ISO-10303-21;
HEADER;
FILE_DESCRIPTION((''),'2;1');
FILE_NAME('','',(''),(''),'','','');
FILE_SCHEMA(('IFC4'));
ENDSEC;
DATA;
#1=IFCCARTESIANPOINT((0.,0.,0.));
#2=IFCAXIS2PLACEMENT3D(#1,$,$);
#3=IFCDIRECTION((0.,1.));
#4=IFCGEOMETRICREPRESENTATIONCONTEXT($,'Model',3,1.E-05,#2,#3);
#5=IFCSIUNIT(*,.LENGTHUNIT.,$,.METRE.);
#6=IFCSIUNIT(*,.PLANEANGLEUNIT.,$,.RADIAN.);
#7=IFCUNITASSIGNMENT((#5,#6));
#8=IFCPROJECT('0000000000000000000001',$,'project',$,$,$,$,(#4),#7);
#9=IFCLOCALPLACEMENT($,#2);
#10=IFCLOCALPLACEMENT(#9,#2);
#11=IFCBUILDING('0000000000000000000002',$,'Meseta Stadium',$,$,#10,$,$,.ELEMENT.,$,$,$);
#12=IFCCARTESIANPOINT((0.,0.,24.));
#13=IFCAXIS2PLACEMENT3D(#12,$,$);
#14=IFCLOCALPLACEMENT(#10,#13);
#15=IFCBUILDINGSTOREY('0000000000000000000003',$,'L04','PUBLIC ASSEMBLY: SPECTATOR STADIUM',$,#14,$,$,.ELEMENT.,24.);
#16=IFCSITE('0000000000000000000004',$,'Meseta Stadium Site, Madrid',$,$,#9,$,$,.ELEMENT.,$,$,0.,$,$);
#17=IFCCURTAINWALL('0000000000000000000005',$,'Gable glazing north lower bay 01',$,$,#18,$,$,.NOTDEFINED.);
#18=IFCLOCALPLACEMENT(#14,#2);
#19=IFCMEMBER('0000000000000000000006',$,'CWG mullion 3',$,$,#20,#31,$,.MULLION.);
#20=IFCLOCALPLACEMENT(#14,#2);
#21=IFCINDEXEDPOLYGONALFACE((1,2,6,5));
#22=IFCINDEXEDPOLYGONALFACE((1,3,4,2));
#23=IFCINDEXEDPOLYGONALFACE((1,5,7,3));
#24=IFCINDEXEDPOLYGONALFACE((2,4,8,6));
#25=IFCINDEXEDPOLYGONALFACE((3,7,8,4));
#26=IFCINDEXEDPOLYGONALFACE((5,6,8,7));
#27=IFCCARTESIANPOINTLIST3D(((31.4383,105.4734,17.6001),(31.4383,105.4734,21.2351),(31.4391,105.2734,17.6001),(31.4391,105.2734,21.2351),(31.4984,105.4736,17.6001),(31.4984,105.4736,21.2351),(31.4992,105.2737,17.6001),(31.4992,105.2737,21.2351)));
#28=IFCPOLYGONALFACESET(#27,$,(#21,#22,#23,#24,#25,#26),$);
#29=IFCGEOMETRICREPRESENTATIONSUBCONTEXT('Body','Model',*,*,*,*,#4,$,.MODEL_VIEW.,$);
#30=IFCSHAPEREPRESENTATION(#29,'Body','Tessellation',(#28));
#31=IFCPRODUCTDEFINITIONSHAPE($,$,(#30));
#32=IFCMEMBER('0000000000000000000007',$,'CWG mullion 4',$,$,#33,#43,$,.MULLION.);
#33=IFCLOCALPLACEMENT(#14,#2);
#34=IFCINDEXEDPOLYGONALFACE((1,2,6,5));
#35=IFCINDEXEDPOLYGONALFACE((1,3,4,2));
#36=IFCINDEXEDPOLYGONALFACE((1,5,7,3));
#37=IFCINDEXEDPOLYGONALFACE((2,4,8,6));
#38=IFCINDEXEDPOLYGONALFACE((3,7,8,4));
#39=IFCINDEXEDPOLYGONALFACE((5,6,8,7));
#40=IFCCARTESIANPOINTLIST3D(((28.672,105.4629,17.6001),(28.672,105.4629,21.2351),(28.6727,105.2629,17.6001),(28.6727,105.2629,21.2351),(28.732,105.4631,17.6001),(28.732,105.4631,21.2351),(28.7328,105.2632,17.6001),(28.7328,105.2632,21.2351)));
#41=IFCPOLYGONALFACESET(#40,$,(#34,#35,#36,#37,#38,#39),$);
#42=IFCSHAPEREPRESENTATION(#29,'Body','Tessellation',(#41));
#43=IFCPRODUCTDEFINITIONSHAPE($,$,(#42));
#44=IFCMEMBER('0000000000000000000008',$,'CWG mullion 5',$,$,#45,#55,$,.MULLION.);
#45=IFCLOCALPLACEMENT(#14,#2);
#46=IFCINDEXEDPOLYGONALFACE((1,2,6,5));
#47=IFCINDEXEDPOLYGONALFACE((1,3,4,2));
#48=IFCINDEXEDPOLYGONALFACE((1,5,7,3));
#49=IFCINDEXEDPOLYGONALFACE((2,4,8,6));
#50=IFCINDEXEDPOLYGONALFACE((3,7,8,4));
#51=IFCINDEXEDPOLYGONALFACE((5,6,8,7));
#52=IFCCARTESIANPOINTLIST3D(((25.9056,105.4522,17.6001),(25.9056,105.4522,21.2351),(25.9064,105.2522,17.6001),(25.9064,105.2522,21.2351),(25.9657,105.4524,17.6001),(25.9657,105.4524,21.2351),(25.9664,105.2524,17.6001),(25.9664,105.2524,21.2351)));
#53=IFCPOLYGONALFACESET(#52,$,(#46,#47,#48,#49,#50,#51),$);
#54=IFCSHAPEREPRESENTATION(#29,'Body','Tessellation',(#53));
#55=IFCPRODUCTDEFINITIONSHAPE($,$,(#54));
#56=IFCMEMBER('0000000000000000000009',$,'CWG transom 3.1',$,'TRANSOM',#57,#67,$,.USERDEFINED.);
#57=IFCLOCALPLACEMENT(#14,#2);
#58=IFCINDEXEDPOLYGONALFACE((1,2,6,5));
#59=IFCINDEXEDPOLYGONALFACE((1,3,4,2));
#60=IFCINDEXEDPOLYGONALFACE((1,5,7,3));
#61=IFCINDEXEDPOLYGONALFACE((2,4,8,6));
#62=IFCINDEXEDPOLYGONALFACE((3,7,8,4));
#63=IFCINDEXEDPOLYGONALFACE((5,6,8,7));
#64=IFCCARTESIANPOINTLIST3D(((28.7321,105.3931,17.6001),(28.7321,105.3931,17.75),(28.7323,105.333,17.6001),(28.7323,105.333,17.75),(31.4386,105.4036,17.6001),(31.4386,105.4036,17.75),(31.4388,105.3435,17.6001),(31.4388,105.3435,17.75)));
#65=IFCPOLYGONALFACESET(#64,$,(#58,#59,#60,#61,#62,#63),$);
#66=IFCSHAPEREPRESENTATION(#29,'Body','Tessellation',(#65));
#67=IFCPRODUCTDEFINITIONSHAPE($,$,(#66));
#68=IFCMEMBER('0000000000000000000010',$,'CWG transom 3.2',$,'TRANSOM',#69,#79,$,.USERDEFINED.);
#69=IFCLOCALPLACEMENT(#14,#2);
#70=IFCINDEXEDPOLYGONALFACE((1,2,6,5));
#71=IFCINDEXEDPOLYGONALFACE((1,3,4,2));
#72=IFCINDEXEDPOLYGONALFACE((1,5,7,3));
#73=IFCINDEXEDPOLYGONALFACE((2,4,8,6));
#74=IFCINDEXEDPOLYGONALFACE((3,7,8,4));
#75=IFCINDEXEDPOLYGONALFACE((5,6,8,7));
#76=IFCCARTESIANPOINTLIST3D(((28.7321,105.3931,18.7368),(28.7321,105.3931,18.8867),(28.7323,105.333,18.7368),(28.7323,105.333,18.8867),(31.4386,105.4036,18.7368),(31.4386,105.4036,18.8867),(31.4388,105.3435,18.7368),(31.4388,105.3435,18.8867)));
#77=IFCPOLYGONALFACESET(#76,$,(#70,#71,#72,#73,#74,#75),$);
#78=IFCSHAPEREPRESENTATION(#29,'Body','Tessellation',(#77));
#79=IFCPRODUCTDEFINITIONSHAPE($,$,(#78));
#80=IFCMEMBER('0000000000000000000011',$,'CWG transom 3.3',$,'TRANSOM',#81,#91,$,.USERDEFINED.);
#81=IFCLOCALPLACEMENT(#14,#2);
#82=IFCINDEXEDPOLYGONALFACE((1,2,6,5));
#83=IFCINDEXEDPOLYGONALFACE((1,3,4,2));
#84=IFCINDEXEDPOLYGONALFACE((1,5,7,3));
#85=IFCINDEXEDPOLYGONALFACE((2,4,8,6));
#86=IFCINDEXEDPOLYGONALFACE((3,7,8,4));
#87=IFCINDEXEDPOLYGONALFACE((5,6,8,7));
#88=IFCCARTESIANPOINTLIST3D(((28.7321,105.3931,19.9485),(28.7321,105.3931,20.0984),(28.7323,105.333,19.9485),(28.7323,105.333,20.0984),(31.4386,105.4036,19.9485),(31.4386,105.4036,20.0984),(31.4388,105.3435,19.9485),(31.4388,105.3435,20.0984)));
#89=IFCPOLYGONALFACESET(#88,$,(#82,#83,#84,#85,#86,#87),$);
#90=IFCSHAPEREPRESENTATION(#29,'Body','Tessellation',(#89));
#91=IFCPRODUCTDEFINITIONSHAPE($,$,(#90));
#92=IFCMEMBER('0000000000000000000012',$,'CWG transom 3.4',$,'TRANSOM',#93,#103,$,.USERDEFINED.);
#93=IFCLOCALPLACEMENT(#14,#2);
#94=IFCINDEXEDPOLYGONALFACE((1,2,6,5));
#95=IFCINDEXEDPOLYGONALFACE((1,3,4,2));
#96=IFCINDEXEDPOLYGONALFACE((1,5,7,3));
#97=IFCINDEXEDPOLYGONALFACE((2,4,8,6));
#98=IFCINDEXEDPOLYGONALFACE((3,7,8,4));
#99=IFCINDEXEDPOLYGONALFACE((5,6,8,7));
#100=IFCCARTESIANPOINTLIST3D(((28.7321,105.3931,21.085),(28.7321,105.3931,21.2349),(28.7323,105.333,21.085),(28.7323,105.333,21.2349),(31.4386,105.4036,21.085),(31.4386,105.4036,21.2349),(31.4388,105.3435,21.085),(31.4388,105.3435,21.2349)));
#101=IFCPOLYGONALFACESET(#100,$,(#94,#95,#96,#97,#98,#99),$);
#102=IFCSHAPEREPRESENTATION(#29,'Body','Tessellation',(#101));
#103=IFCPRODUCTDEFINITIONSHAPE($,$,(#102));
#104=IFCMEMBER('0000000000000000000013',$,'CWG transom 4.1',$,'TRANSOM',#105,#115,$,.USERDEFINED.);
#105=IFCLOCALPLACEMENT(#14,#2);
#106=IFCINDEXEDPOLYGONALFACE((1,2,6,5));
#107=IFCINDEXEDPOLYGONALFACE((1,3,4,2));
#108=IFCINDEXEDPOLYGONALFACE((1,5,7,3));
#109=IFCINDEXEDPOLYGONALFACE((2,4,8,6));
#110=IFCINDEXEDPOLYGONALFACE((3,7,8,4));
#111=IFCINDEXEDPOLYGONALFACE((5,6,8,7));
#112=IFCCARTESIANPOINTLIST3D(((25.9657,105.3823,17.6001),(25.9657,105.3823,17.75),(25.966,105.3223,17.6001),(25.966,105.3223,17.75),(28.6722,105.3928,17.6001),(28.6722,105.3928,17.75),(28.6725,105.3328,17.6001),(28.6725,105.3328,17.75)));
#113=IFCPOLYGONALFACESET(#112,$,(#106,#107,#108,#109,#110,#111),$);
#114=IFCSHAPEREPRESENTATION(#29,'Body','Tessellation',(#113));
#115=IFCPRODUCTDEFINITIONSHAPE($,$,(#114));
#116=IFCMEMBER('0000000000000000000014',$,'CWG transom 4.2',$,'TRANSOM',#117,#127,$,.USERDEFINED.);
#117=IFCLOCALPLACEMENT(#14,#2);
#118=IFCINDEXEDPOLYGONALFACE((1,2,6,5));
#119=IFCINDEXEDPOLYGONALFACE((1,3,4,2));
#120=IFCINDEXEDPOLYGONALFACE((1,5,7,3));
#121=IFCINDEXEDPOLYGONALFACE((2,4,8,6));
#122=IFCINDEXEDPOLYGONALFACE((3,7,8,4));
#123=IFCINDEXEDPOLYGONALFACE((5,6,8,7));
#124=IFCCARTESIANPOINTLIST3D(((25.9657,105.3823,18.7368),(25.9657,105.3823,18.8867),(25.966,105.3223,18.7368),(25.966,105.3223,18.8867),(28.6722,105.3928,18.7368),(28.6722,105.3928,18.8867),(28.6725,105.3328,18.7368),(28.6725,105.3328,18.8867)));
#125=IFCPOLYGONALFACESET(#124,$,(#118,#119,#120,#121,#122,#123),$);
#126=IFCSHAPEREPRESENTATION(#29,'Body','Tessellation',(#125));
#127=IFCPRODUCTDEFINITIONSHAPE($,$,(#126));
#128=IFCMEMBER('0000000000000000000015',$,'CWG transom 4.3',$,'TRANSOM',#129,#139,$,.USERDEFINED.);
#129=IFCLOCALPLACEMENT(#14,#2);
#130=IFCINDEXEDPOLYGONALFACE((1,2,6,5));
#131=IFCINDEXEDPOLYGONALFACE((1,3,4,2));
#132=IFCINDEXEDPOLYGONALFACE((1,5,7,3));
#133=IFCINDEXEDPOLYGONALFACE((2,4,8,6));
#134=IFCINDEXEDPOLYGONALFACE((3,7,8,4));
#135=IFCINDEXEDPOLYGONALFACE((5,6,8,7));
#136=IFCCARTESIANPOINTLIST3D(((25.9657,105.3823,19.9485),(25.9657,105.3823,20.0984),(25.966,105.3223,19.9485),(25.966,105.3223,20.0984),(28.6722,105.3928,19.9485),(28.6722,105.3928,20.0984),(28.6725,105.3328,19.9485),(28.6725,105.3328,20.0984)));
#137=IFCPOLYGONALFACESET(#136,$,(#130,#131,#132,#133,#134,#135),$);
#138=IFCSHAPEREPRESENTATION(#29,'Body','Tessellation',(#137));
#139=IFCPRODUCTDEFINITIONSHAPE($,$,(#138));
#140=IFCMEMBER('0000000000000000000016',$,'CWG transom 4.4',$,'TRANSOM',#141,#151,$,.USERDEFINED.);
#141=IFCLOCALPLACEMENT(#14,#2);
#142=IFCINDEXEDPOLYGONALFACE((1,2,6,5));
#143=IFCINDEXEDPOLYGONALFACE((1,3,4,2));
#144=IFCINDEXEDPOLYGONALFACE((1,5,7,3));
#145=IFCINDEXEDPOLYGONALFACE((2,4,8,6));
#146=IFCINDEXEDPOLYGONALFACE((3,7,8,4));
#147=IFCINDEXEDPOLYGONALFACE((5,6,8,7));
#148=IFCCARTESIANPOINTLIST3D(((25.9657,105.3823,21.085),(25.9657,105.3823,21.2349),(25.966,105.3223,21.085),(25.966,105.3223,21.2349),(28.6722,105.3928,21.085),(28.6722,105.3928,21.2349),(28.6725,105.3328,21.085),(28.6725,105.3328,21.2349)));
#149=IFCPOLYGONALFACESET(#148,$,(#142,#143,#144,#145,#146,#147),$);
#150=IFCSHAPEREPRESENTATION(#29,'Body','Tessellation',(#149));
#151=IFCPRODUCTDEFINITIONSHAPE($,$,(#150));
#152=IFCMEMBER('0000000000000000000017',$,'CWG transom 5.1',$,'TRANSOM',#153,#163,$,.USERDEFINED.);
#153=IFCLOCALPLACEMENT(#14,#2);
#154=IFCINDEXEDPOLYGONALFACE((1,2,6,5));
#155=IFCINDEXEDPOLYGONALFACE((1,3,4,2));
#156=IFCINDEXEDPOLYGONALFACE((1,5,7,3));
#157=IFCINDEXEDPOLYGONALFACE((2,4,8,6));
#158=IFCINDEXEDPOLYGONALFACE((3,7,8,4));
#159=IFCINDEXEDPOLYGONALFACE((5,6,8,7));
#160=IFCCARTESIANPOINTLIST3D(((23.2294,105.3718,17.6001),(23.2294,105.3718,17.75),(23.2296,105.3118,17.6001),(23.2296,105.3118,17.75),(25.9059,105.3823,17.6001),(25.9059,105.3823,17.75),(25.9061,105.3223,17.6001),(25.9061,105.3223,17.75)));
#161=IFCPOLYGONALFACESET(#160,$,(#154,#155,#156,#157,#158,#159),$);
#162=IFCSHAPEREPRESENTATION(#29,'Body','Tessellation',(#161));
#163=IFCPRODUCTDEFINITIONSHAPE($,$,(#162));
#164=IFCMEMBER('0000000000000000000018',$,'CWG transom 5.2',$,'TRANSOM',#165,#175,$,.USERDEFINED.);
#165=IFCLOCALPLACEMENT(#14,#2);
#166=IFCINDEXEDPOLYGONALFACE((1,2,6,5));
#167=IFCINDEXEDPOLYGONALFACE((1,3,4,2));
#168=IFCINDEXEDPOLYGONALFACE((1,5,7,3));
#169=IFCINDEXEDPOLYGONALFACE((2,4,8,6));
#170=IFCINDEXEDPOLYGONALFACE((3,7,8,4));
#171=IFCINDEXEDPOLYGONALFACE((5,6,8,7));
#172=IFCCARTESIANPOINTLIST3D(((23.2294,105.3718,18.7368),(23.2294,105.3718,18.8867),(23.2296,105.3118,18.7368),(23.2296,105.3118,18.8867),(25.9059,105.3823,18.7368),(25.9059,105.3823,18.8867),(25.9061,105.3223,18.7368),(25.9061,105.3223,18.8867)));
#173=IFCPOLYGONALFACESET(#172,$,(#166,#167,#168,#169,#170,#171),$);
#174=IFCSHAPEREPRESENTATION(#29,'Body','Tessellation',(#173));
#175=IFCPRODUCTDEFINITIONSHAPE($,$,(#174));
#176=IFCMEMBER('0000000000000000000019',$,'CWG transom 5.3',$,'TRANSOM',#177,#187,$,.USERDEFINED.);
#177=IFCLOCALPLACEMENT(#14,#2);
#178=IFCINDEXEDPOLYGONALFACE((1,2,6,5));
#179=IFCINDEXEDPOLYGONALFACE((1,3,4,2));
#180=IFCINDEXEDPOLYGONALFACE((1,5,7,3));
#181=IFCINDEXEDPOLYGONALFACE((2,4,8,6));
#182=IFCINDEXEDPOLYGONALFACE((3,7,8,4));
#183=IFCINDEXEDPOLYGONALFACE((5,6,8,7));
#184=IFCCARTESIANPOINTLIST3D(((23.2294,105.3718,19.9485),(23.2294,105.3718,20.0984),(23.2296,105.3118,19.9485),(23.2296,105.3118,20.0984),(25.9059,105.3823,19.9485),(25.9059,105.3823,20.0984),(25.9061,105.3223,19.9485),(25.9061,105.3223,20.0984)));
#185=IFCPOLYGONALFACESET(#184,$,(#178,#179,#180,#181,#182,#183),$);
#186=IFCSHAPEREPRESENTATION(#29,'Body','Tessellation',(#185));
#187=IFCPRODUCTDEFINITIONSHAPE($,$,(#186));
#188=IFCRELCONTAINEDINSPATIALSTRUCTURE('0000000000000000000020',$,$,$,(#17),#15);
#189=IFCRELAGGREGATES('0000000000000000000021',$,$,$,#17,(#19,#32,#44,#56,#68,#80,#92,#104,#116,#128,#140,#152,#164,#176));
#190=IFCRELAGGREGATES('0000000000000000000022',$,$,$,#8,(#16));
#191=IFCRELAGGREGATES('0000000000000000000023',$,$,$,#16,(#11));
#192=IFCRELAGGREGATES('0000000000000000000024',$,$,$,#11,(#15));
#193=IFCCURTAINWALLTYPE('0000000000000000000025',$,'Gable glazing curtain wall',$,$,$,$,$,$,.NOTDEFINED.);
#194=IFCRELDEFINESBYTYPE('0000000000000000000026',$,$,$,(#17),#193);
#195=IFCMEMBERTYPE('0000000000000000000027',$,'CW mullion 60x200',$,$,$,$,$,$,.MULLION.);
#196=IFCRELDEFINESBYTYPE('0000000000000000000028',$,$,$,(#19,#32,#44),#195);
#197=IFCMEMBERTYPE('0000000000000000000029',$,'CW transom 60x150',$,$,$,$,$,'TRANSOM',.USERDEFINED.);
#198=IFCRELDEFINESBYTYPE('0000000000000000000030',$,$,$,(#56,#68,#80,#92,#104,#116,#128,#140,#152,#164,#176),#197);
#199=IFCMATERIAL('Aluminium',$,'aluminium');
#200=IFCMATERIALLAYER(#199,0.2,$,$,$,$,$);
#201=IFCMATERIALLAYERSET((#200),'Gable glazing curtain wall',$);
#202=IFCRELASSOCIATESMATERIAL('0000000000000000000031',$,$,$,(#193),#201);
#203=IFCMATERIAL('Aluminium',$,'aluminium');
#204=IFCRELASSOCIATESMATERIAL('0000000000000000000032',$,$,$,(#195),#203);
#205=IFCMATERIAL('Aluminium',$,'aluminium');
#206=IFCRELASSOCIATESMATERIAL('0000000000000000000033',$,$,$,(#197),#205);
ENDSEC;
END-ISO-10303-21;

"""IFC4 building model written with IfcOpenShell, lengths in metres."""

from ifc_helpers import new_model, si_unit, direction, frame, origin, origin_2d, place, context, subcontext, project, spatial, rectangle, extrude, material, layer, layer_set, material_profile, profile_set, type_object, element, aggregate, save


model = new_model("IFC4")

# Units and contexts
model_context = context("Model", 3, precision=1e-05, world=origin(), true_north=direction((0.0, 1.0)))
body_context = subcontext(model_context, "Body", "Model", "MODEL_VIEW")
ifc_project = project(units=[si_unit("LENGTHUNIT", "METRE"), si_unit("PLANEANGLEUNIT", "RADIAN")], contexts=[model_context])

# Site, building, storey
site_placement = place(None, origin())
site = spatial("IfcSite", under=ifc_project, at=site_placement, Name="Meseta Stadium Site, Madrid", CompositionType="ELEMENT", RefElevation=0.0)
building_placement = place(site_placement, origin())
building = spatial("IfcBuilding", under=site, at=building_placement, Name="Meseta Stadium", CompositionType="ELEMENT")
storey_placement = place(building_placement, frame((0.0, 0.0, 24.0)))
storey = spatial("IfcBuildingStorey", under=building, at=storey_placement, Name="L04", Description="PUBLIC ASSEMBLY: SPECTATOR STADIUM", CompositionType="ELEMENT", Elevation=24.0)

# Curtain wall, members
ifc_material_1 = material(Name="Aluminium", Category="aluminium")
ifc_layer_1 = layer(ifc_material_1, 0.2)
ifc_layer_set_1 = layer_set([ifc_layer_1], Name="Gable glazing curtain wall")
curtain_wall_type = type_object("IfcCurtainWallType", Name="Gable glazing curtain wall", PredefinedType="NOTDEFINED", material=ifc_layer_set_1)
curtain_wall_placement = place(storey_placement, origin())
curtain_wall = element("IfcCurtainWall", 1, at=curtain_wall_placement, inside=storey, type_object=curtain_wall_type, Name="Gable glazing north lower bay 01", PredefinedType="NOTDEFINED")
ifc_material_2 = material(Name="Aluminium", Category="aluminium")
ifc_material_profile_1 = material_profile(ifc_material_2, rectangle(XDim=0.2, YDim=0.0601, at=origin_2d()), Name="CW 200x60")
ifc_profile_set_1 = profile_set([ifc_material_profile_1], Name="Aluminium")
member_type_1 = type_object("IfcMemberType", Name="CW mullion 60x200", PredefinedType="MULLION", material=ifc_profile_set_1)
member_1_placement = place(storey_placement, frame((31.4688, 105.3735, 17.6001), z_axis=(0.0, 0.0, 1.0), x_axis=(0.003848, -0.999993, 0.0)))
member_1 = element("IfcMember", 2, at=member_1_placement, type_object=member_type_1, Name="CWG mullion 3", PredefinedType="MULLION", context=body_context, shape_type="SweptSolid", body=[
    extrude(rectangle(XDim=0.2, YDim=0.0601, at=origin_2d()), origin(), (0.0, 0.0, 1.0), 3.635),
])
member_2_placement = place(storey_placement, frame((28.7024, 105.363, 17.6001), z_axis=(0.0, 0.0, 1.0), x_axis=(0.003848, -0.999993, 0.0)))
member_2 = element("IfcMember", 3, at=member_2_placement, type_object=member_type_1, Name="CWG mullion 4", PredefinedType="MULLION", context=body_context, shape_type="SweptSolid", body=[
    extrude(rectangle(XDim=0.2, YDim=0.0601, at=origin_2d()), origin(), (0.0, 0.0, 1.0), 3.635),
])
member_3_placement = place(storey_placement, frame((25.936, 105.3523, 17.6001), z_axis=(0.0, 0.0, 1.0), x_axis=(0.003848, -0.999993, 0.0)))
member_3 = element("IfcMember", 4, at=member_3_placement, type_object=member_type_1, Name="CWG mullion 5", PredefinedType="MULLION", context=body_context, shape_type="SweptSolid", body=[
    extrude(rectangle(XDim=0.2, YDim=0.0601, at=origin_2d()), origin(), (0.0, 0.0, 1.0), 3.635),
])
ifc_material_3 = material(Name="Aluminium", Category="aluminium")
ifc_material_profile_2 = material_profile(ifc_material_3, rectangle(XDim=0.0601, YDim=0.1499, at=origin_2d()), Name="CW 60x150")
ifc_profile_set_2 = profile_set([ifc_material_profile_2], Name="Aluminium")
member_type_2 = type_object("IfcMemberType", Name="CW transom 60x150", ElementType="TRANSOM", PredefinedType="USERDEFINED", material=ifc_profile_set_2)
member_4_placement = place(storey_placement, frame((31.4387, 105.3735, 17.675), z_axis=(-0.999992, -0.003879, 0.0), x_axis=(0.003879, -0.999992, 0.0)))
member_4 = element("IfcMember", 5, at=member_4_placement, type_object=member_type_2, Name="CWG transom 3.1", ObjectType="TRANSOM", PredefinedType="USERDEFINED", context=body_context, shape_type="SweptSolid", body=[
    extrude(rectangle(XDim=0.0601, YDim=0.1499, at=origin_2d()), origin(), (0.0, 0.0, 1.0), 2.7065),
])
member_5_placement = place(storey_placement, frame((31.4387, 105.3735, 18.8118), z_axis=(-0.999992, -0.003879, 0.0), x_axis=(0.003879, -0.999992, 0.0)))
member_5 = element("IfcMember", 6, at=member_5_placement, type_object=member_type_2, Name="CWG transom 3.2", ObjectType="TRANSOM", PredefinedType="USERDEFINED", context=body_context, shape_type="SweptSolid", body=[
    extrude(rectangle(XDim=0.0601, YDim=0.1499, at=origin_2d()), origin(), (0.0, 0.0, 1.0), 2.7065),
])
member_6_placement = place(storey_placement, frame((31.4387, 105.3735, 20.0234), z_axis=(-0.999992, -0.003879, 0.0), x_axis=(0.003879, -0.999992, 0.0)))
member_6 = element("IfcMember", 7, at=member_6_placement, type_object=member_type_2, Name="CWG transom 3.3", ObjectType="TRANSOM", PredefinedType="USERDEFINED", context=body_context, shape_type="SweptSolid", body=[
    extrude(rectangle(XDim=0.0601, YDim=0.1499, at=origin_2d()), origin(), (0.0, 0.0, 1.0), 2.7065),
])
member_7_placement = place(storey_placement, frame((31.4387, 105.3735, 21.1599), z_axis=(-0.999992, -0.003879, 0.0), x_axis=(0.003879, -0.999992, 0.0)))
member_7 = element("IfcMember", 8, at=member_7_placement, type_object=member_type_2, Name="CWG transom 3.4", ObjectType="TRANSOM", PredefinedType="USERDEFINED", context=body_context, shape_type="SweptSolid", body=[
    extrude(rectangle(XDim=0.0601, YDim=0.1499, at=origin_2d()), origin(), (0.0, 0.0, 1.0), 2.7065),
])
member_8_placement = place(storey_placement, frame((28.6724, 105.3628, 17.675), z_axis=(-0.999992, -0.003879, 0.0), x_axis=(0.003879, -0.999992, 0.0)))
member_8 = element("IfcMember", 9, at=member_8_placement, type_object=member_type_2, Name="CWG transom 4.1", ObjectType="TRANSOM", PredefinedType="USERDEFINED", context=body_context, shape_type="SweptSolid", body=[
    extrude(rectangle(XDim=0.0601, YDim=0.1499, at=origin_2d()), origin(), (0.0, 0.0, 1.0), 2.7065),
])
member_9_placement = place(storey_placement, frame((28.6724, 105.3628, 18.8118), z_axis=(-0.999992, -0.003879, 0.0), x_axis=(0.003879, -0.999992, 0.0)))
member_9 = element("IfcMember", 10, at=member_9_placement, type_object=member_type_2, Name="CWG transom 4.2", ObjectType="TRANSOM", PredefinedType="USERDEFINED", context=body_context, shape_type="SweptSolid", body=[
    extrude(rectangle(XDim=0.0601, YDim=0.1499, at=origin_2d()), origin(), (0.0, 0.0, 1.0), 2.7065),
])
member_10_placement = place(storey_placement, frame((28.6724, 105.3628, 20.0234), z_axis=(-0.999992, -0.003879, 0.0), x_axis=(0.003879, -0.999992, 0.0)))
member_10 = element("IfcMember", 11, at=member_10_placement, type_object=member_type_2, Name="CWG transom 4.3", ObjectType="TRANSOM", PredefinedType="USERDEFINED", context=body_context, shape_type="SweptSolid", body=[
    extrude(rectangle(XDim=0.0601, YDim=0.1499, at=origin_2d()), origin(), (0.0, 0.0, 1.0), 2.7065),
])
member_11_placement = place(storey_placement, frame((28.6724, 105.3628, 21.1599), z_axis=(-0.999992, -0.003879, 0.0), x_axis=(0.003879, -0.999992, 0.0)))
member_11 = element("IfcMember", 12, at=member_11_placement, type_object=member_type_2, Name="CWG transom 4.4", ObjectType="TRANSOM", PredefinedType="USERDEFINED", context=body_context, shape_type="SweptSolid", body=[
    extrude(rectangle(XDim=0.0601, YDim=0.1499, at=origin_2d()), origin(), (0.0, 0.0, 1.0), 2.7065),
])
member_12_placement = place(storey_placement, frame((25.906, 105.3523, 17.675), z_axis=(-0.999992, -0.003922, 0.0), x_axis=(0.003922, -0.999992, 0.0)))
member_12 = element("IfcMember", 13, at=member_12_placement, type_object=member_type_2, Name="CWG transom 5.1", ObjectType="TRANSOM", PredefinedType="USERDEFINED", context=body_context, shape_type="SweptSolid", body=[
    extrude(rectangle(XDim=0.0601, YDim=0.1499, at=origin_2d()), origin(), (0.0, 0.0, 1.0), 2.6765),
])
member_13_placement = place(storey_placement, frame((25.906, 105.3523, 18.8118), z_axis=(-0.999992, -0.003922, 0.0), x_axis=(0.003922, -0.999992, 0.0)))
member_13 = element("IfcMember", 14, at=member_13_placement, type_object=member_type_2, Name="CWG transom 5.2", ObjectType="TRANSOM", PredefinedType="USERDEFINED", context=body_context, shape_type="SweptSolid", body=[
    extrude(rectangle(XDim=0.0601, YDim=0.1499, at=origin_2d()), origin(), (0.0, 0.0, 1.0), 2.6765),
])
member_14_placement = place(storey_placement, frame((25.906, 105.3523, 20.0234), z_axis=(-0.999992, -0.003922, 0.0), x_axis=(0.003922, -0.999992, 0.0)))
member_14 = element("IfcMember", 15, at=member_14_placement, type_object=member_type_2, Name="CWG transom 5.3", ObjectType="TRANSOM", PredefinedType="USERDEFINED", context=body_context, shape_type="SweptSolid", body=[
    extrude(rectangle(XDim=0.0601, YDim=0.1499, at=origin_2d()), origin(), (0.0, 0.0, 1.0), 2.6765),
])
aggregate(curtain_wall, [member_1, member_2, member_3, member_4, member_5, member_6, member_7, member_8, member_9, member_10, member_11, member_12, member_13, member_14])

save(model, "model.ifc")
